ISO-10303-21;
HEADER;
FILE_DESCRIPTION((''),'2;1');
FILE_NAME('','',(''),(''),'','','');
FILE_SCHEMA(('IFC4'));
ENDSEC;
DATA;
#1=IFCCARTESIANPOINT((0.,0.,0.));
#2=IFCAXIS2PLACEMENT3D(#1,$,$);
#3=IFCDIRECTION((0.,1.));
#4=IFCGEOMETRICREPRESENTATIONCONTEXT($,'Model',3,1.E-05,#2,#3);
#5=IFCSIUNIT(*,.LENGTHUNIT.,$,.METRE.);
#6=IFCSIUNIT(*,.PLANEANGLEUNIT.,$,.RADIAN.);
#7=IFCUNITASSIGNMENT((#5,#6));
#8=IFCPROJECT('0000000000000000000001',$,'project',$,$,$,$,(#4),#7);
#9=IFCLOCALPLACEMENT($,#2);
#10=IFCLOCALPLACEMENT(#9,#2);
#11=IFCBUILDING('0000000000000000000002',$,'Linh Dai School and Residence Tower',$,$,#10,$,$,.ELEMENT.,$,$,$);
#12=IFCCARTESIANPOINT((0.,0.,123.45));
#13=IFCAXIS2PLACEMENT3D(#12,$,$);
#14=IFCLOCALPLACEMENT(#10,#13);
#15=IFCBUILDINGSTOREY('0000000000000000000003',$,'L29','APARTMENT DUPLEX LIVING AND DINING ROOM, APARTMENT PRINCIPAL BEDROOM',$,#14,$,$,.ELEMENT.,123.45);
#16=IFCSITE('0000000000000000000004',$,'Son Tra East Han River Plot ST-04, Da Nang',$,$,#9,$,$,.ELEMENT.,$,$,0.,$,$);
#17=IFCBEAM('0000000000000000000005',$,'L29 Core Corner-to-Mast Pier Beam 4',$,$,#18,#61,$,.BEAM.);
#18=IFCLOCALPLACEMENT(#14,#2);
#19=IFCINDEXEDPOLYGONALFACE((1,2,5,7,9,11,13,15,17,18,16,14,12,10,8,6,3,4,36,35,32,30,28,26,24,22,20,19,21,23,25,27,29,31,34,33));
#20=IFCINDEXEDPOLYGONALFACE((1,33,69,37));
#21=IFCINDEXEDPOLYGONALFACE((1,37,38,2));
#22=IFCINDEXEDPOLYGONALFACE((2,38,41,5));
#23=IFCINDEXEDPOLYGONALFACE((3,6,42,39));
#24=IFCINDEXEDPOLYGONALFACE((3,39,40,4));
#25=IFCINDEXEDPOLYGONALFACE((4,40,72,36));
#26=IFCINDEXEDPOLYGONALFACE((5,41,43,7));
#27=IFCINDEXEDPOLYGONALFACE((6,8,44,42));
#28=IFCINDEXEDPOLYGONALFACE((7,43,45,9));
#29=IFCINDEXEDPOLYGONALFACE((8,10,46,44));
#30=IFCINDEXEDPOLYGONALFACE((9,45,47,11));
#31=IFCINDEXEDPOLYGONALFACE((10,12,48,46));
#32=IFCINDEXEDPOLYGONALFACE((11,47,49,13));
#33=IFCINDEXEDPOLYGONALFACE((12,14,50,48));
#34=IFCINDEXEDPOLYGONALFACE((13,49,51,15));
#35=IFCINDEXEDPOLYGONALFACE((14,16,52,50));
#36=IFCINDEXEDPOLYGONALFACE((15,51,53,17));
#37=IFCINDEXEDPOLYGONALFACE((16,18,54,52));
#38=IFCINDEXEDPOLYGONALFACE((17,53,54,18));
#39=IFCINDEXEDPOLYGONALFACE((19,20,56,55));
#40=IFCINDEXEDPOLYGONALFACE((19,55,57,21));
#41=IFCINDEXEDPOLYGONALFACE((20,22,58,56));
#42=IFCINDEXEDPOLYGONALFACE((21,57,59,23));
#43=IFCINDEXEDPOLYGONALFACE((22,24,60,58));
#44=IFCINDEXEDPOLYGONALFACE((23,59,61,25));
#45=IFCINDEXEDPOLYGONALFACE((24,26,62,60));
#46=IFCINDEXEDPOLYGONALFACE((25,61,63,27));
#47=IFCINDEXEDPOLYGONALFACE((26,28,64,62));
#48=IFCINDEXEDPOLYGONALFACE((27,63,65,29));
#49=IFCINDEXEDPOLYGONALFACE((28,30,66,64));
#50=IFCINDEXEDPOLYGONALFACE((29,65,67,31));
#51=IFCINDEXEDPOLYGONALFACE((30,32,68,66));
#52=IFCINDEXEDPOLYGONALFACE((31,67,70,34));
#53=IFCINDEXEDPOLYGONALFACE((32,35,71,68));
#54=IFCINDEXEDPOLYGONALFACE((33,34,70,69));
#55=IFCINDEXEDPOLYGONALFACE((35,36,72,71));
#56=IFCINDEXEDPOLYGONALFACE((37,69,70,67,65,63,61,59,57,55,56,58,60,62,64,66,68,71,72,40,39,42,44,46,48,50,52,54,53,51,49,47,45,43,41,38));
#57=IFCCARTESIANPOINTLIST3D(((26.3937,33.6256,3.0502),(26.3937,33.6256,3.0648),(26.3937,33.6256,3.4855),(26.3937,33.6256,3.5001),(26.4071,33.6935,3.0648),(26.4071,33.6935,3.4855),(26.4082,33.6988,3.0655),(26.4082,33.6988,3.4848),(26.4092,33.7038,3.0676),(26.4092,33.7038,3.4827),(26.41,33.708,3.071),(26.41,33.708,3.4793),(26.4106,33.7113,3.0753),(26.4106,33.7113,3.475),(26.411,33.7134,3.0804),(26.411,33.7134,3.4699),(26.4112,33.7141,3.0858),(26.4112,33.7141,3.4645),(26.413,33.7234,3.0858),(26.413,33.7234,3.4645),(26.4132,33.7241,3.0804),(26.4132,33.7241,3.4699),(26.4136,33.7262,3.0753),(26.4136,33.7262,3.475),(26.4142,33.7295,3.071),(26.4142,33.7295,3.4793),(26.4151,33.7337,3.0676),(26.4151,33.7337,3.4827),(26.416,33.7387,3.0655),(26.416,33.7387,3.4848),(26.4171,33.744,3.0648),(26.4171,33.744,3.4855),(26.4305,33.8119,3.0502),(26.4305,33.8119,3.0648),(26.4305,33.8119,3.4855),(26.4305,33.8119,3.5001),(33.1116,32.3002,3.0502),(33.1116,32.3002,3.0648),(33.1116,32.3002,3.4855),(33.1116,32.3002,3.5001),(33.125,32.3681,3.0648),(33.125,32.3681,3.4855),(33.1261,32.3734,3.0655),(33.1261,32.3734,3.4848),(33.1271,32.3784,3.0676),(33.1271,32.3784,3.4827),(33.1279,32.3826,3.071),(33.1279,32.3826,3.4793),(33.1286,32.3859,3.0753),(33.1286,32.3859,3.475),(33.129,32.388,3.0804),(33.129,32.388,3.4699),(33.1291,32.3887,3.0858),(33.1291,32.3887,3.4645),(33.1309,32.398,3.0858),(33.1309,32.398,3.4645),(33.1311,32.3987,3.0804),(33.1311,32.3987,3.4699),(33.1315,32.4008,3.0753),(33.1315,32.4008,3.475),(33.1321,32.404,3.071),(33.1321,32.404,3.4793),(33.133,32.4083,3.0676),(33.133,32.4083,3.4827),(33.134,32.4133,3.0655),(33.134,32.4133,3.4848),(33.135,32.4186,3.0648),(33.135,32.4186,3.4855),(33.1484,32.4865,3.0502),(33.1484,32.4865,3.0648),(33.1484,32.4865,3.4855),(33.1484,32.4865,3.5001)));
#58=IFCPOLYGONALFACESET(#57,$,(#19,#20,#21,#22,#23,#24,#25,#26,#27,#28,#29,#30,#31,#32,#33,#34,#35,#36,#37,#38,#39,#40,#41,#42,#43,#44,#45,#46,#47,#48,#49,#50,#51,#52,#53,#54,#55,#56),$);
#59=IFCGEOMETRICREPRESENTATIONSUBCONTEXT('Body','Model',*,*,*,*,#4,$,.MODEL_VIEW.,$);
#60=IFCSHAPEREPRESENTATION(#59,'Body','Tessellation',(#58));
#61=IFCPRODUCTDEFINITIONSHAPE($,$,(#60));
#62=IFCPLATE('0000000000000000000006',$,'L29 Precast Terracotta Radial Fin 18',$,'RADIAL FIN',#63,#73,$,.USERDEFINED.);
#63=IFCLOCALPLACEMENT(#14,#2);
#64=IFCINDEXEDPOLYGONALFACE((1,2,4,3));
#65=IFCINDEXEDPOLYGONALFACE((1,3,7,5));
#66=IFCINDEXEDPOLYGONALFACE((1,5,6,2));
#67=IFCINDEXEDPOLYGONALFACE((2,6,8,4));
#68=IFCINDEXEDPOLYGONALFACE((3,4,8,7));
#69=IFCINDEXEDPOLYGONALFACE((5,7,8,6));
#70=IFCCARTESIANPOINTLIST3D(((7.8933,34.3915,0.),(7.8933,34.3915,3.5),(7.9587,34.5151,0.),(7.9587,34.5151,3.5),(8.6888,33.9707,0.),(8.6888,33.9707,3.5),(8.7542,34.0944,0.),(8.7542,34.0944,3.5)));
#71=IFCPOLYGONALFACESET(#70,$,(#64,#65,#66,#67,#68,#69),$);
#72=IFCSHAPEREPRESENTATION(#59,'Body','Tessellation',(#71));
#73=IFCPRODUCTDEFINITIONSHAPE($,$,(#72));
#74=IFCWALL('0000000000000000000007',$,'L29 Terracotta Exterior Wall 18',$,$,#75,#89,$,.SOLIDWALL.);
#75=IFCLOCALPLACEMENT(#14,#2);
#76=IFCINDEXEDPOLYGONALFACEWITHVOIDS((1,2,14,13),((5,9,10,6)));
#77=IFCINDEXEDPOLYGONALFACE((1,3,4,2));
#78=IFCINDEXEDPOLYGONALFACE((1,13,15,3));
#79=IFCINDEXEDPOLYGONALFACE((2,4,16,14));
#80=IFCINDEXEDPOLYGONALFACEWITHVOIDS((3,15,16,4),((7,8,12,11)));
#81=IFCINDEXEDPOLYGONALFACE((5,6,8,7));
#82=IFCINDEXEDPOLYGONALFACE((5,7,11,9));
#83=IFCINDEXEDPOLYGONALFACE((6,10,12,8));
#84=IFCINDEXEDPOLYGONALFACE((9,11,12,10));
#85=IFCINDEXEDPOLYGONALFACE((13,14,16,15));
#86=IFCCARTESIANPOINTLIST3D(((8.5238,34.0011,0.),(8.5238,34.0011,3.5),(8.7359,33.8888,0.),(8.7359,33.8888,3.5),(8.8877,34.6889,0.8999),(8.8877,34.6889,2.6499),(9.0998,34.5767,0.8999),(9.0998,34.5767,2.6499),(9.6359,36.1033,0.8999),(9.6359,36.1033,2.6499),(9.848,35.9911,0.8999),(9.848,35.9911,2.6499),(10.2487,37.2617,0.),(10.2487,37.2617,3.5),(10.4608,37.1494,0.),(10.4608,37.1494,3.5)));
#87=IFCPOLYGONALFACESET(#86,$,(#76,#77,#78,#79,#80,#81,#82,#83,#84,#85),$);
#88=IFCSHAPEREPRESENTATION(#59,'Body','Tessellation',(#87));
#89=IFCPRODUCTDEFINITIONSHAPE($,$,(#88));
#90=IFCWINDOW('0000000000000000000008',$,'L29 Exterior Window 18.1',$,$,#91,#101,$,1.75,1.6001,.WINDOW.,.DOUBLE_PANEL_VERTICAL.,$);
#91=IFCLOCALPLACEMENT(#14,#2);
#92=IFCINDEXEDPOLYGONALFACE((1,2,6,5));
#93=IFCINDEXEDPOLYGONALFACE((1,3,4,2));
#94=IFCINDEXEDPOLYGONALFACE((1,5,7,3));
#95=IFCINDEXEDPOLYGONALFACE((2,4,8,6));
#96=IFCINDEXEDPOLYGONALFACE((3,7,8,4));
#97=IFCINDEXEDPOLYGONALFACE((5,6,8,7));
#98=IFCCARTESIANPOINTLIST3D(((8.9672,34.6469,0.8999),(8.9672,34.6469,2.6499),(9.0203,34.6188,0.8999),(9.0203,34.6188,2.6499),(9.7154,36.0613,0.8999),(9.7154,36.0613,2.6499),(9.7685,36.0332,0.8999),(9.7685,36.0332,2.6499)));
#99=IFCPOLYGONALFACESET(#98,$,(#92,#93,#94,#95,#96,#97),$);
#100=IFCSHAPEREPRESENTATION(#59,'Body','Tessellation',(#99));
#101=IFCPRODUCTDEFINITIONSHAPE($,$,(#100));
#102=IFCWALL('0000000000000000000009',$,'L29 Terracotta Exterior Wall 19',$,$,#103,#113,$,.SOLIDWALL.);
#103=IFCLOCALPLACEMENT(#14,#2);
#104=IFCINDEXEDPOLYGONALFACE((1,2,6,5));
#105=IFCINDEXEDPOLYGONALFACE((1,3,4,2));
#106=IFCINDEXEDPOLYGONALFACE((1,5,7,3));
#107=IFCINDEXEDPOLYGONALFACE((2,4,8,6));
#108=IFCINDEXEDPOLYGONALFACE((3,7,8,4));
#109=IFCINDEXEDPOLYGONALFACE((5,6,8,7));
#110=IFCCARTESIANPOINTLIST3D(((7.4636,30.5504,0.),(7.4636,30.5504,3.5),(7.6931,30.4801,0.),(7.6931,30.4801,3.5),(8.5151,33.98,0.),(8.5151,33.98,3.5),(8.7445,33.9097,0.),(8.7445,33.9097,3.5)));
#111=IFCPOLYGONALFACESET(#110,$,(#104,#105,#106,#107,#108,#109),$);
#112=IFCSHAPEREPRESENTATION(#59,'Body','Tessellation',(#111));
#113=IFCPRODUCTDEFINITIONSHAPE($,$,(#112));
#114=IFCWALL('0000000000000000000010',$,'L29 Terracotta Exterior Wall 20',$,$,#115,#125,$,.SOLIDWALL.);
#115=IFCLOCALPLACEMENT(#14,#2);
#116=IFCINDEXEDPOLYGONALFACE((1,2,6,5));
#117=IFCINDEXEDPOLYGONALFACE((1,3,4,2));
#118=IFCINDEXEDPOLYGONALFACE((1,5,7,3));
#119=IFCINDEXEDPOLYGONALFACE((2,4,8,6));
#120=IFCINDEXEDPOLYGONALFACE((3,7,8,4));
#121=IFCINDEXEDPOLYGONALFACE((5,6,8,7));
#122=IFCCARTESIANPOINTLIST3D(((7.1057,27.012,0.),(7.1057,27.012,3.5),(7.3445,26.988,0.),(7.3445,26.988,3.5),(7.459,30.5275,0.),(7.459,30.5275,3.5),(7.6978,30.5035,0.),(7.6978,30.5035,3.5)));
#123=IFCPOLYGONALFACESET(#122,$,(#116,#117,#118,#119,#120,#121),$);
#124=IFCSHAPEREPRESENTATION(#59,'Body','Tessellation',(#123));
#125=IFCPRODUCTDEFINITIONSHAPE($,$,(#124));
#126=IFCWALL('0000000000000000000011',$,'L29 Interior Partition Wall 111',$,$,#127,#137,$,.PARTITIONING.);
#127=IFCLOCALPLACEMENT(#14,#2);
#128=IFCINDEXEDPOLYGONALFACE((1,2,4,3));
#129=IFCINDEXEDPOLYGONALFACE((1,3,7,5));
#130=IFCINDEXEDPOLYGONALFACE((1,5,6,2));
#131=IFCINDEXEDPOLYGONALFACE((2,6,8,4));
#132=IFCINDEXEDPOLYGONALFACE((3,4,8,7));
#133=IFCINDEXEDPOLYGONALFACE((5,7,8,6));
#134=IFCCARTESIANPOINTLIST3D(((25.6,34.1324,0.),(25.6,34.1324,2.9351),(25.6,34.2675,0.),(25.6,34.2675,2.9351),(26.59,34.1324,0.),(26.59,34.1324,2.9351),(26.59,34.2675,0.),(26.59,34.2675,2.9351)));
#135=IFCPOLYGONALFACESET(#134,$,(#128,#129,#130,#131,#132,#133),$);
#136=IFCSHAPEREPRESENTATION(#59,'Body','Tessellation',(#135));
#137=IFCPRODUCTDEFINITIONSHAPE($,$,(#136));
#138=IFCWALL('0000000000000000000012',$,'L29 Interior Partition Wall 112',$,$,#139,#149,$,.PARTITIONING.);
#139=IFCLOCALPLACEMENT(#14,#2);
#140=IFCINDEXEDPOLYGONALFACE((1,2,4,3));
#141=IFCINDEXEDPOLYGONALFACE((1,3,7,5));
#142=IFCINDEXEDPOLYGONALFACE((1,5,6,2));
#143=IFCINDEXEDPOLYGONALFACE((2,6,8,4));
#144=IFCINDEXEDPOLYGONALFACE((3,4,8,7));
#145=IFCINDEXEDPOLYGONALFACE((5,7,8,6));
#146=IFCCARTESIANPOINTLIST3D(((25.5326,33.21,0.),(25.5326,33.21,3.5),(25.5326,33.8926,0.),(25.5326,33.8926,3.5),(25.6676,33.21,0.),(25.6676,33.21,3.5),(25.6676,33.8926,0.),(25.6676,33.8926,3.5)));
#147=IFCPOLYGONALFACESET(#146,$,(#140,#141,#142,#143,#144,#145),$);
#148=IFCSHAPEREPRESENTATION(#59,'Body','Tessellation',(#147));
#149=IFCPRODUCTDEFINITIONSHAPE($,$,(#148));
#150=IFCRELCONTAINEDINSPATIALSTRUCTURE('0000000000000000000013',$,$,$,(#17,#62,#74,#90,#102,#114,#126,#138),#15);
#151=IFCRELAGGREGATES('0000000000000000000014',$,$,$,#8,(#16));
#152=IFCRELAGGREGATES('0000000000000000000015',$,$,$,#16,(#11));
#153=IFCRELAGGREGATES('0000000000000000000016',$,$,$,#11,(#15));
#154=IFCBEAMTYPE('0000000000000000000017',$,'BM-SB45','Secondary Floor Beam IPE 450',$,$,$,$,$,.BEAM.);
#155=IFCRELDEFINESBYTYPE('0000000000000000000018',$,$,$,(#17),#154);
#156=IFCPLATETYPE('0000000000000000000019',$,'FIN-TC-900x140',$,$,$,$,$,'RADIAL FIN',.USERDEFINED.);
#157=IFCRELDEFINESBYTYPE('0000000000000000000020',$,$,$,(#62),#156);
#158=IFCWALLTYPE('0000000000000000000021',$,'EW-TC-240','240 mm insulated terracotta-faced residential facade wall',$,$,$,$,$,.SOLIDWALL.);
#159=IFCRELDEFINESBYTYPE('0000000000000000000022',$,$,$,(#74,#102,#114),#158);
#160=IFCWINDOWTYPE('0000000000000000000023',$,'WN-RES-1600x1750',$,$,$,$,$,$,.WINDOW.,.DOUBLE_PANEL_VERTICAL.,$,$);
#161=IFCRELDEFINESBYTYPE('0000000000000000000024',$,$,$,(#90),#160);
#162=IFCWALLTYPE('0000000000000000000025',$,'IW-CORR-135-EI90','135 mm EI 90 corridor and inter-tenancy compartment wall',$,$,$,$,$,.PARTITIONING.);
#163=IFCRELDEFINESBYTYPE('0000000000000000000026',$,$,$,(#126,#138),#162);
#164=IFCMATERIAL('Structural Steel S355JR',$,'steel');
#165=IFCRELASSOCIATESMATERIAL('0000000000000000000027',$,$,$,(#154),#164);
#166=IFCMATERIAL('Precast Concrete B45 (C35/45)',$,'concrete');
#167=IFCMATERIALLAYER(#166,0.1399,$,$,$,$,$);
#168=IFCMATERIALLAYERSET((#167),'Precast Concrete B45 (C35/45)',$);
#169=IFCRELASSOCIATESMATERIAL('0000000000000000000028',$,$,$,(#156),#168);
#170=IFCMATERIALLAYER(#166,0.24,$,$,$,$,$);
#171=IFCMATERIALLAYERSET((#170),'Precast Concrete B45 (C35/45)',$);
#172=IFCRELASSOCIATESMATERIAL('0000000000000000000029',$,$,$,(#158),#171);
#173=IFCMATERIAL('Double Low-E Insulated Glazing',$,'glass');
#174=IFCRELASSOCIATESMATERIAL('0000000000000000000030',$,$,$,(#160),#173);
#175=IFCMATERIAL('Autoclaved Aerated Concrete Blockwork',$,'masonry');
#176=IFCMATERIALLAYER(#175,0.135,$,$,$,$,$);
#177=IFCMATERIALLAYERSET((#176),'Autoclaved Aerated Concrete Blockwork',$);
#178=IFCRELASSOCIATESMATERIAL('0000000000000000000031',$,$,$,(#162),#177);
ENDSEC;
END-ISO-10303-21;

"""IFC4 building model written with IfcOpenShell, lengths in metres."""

from ifc_helpers import new_model, si_unit, direction, frame, frame_2d, origin, origin_2d, place, context, subcontext, project, spatial, rectangle, i_section, extrude, source, transform, mapped, material, layer, layer_set, material_profile, profile_set, type_object, element, fill, save


model = new_model("IFC4")

# Units and contexts
model_context = context("Model", 3, precision=1e-05, world=origin(), true_north=direction((0.0, 1.0)))
body_context = subcontext(model_context, "Body", "Model", "MODEL_VIEW")
ifc_project = project(units=[si_unit("LENGTHUNIT", "METRE"), si_unit("PLANEANGLEUNIT", "RADIAN")], contexts=[model_context])

# Site, building, storey
site_placement = place(None, origin())
site = spatial("IfcSite", under=ifc_project, at=site_placement, Name="Son Tra East Han River Plot ST-04, Da Nang", CompositionType="ELEMENT", RefElevation=0.0)
building_placement = place(site_placement, origin())
building = spatial("IfcBuilding", under=site, at=building_placement, Name="Linh Dai School and Residence Tower", CompositionType="ELEMENT")
storey_placement = place(building_placement, frame((0.0, 0.0, 123.45)))
storey = spatial("IfcBuildingStorey", under=building, at=storey_placement, Name="L29", Description="APARTMENT DUPLEX LIVING AND DINING ROOM, APARTMENT PRINCIPAL BEDROOM", CompositionType="ELEMENT", Elevation=123.45)

# Shared definitions
ifc_material_1 = material(Name="Structural Steel S355JR", Category="steel")

# Beam
ifc_material_profile_1 = material_profile(ifc_material_1, i_section(OverallWidth=0.1899, OverallDepth=0.45, WebThickness=0.0095, FlangeThickness=0.0146, FilletRadius=0.021, at=origin_2d()), Name="IPE 450")
ifc_profile_set_1 = profile_set([ifc_material_profile_1], Name="Structural Steel S355JR")
beam_type_1 = type_object("IfcBeamType", Name="BM-SB45", Description="Secondary Floor Beam IPE 450", PredefinedType="BEAM", material=ifc_profile_set_1)
beam_1_placement = place(storey_placement, frame((26.4121, 33.7188, 3.2751), z_axis=(0.981087, -0.193565, 0.0), x_axis=(0.193565, 0.981087, 0.0)))
element("IfcBeam", 1, at=beam_1_placement, inside=storey, type_object=beam_type_1, Name="L29 Core Corner-to-Mast Pier Beam 4", PredefinedType="BEAM", context=body_context, shape_type="SweptSolid", body=[
    extrude(i_section(OverallWidth=0.1899, OverallDepth=0.45, WebThickness=0.0095, FlangeThickness=0.0146, FilletRadius=0.021, at=origin_2d()), origin(), (0.0, 0.0, 1.0), 6.8474),
])

# Plate
ifc_material_2 = material(Name="Precast Concrete B45 (C35/45)", Category="concrete")
ifc_layer_1 = layer(ifc_material_2, 0.1399)
ifc_layer_set_1 = layer_set([ifc_layer_1], Name="Precast Concrete B45 (C35/45)")
plate_type = type_object("IfcPlateType", Name="FIN-TC-900x140", ElementType="RADIAL FIN", PredefinedType="USERDEFINED", material=ifc_layer_set_1)
shared_shape_1 = source(origin(), body_context, "Body", "SweptSolid", [
    extrude(rectangle(XDim=0.8999, YDim=0.1399, at=origin_2d()), origin(), (0.0, 0.0, 1.0), 3.5),
])
plate_placement = place(storey_placement, frame((8.3237, 34.2429, 0.0), z_axis=(0.0, 0.0, 1.0), x_axis=(-0.883942, 0.467596, 0.0)))
element("IfcPlate", 2, at=plate_placement, inside=storey, type_object=plate_type, Name="L29 Precast Terracotta Radial Fin 18", ObjectType="RADIAL FIN", PredefinedType="USERDEFINED", context=body_context, shape_type="MappedRepresentation", body=[
    mapped(shared_shape_1, transform((0.0, 0.0, 0.0), x_axis=(1.0, 0.0, 0.0), y_axis=(0.0, 1.0, 0.0), z_axis=(0.0, 0.0, 1.0), scale=1.0)),
])

# Wall, opening, window
ifc_layer_2 = layer(ifc_material_2, 0.24)
ifc_layer_set_2 = layer_set([ifc_layer_2], Name="Precast Concrete B45 (C35/45)")
wall_type_1 = type_object("IfcWallType", Name="EW-TC-240", Description="240 mm insulated terracotta-faced residential facade wall", PredefinedType="SOLIDWALL", material=ifc_layer_set_2)
wall_1_placement = place(storey_placement, frame((8.6299, 33.9451, 0.0), z_axis=(0.0, 0.0, 1.0), x_axis=(0.467614, 0.883933, 0.0)))
wall_1 = element("IfcWall", 3, at=wall_1_placement, inside=storey, type_object=wall_type_1, Name="L29 Terracotta Exterior Wall 18", PredefinedType="SOLIDWALL", context=body_context, shape_type="SweptSolid", body=[
    extrude(rectangle(XDim=3.6887, YDim=0.24, at=frame_2d((1.8442, 0.0))), origin(), (0.0, 0.0, 1.0), 3.5),
])
opening_1_placement = place(wall_1_placement, frame((0.7781, 0.0, 0.8999)))
opening_1 = element("IfcOpeningElement", 4, at=opening_1_placement, cuts=wall_1, PredefinedType="OPENING", context=body_context, shape_type="SweptSolid", body=[
    extrude(rectangle(XDim=1.6001, YDim=1.75, at=origin_2d()), frame((0.8, 0.1299, 0.875), z_axis=(0.0, -1.0, 0.0), x_axis=(1.0, 0.0, 0.0)), (0.0, 0.0, 1.0), 0.26),
])
ifc_material_3 = material(Name="Double Low-E Insulated Glazing", Category="glass")
window_type = type_object("IfcWindowType", Name="WN-RES-1600x1750", PartitioningType="DOUBLE_PANEL_VERTICAL", PredefinedType="WINDOW", material=ifc_material_3)
shared_shape_2 = source(origin(), body_context, "Body", "SweptSolid", [
    extrude(rectangle(XDim=1.6001, YDim=1.75, at=origin_2d()), frame((0.8, 0.03, 0.875), z_axis=(0.0, -1.0, 0.0), x_axis=(1.0, 0.0, 0.0)), (0.0, 0.0, 1.0), 0.0601),
])
window_placement = place(opening_1_placement, origin())
window = element("IfcWindow", 5, at=window_placement, inside=storey, type_object=window_type, Name="L29 Exterior Window 18.1", OverallHeight=1.75, OverallWidth=1.6001, PartitioningType="DOUBLE_PANEL_VERTICAL", PredefinedType="WINDOW", context=body_context, shape_type="MappedRepresentation", body=[
    mapped(shared_shape_2, transform((0.0, 0.0, 0.0), x_axis=(1.0, 0.0, 0.0), y_axis=(0.0, 1.0, 0.0), z_axis=(0.0, 0.0, 1.0), scale=1.0)),
])
fill(opening_1, window)

# Walls
wall_2_placement = place(storey_placement, frame((7.5784, 30.5154, 0.0), z_axis=(0.0, 0.0, 1.0), x_axis=(0.293124, 0.956074, 0.0)))
element("IfcWall", 6, at=wall_2_placement, inside=storey, type_object=wall_type_1, Name="L29 Terracotta Exterior Wall 19", PredefinedType="SOLIDWALL", context=body_context, shape_type="SweptSolid", body=[
    extrude(rectangle(XDim=3.5872, YDim=0.24, at=frame_2d((1.7935, 0.0))), origin(), (0.0, 0.0, 1.0), 3.5),
])
wall_3_placement = place(storey_placement, frame((7.2251, 27.0, 0.0), z_axis=(0.0, 0.0, 1.0), x_axis=(0.099989, 0.994988, 0.0)))
element("IfcWall", 7, at=wall_3_placement, inside=storey, type_object=wall_type_1, Name="L29 Terracotta Exterior Wall 20", PredefinedType="SOLIDWALL", context=body_context, shape_type="SweptSolid", body=[
    extrude(rectangle(XDim=3.5332, YDim=0.24, at=frame_2d((1.7666, 0.0))), origin(), (0.0, 0.0, 1.0), 3.5),
])
ifc_material_4 = material(Name="Autoclaved Aerated Concrete Blockwork", Category="masonry")
ifc_layer_3 = layer(ifc_material_4, 0.135)
ifc_layer_set_3 = layer_set([ifc_layer_3], Name="Autoclaved Aerated Concrete Blockwork")
wall_type_2 = type_object("IfcWallType", Name="IW-CORR-135-EI90", Description="135 mm EI 90 corridor and inter-tenancy compartment wall", PredefinedType="PARTITIONING", material=ifc_layer_set_3)
wall_4_placement = place(storey_placement, frame((26.5901, 34.2, 0.0), z_axis=(0.0, 0.0, 1.0), x_axis=(-1.0, 0.0, 0.0)))
element("IfcWall", 8, at=wall_4_placement, inside=storey, type_object=wall_type_2, Name="L29 Interior Partition Wall 111", PredefinedType="PARTITIONING", context=body_context, shape_type="SweptSolid", body=[
    extrude(rectangle(XDim=0.99, YDim=0.135, at=frame_2d((0.4951, 0.0))), origin(), (0.0, 0.0, 1.0), 2.9351),
])
wall_5_placement = place(storey_placement, frame((25.6001, 33.8926, 0.0), z_axis=(0.0, 0.0, 1.0), x_axis=(0.0, -1.0, 0.0)))
element("IfcWall", 9, at=wall_5_placement, inside=storey, type_object=wall_type_2, Name="L29 Interior Partition Wall 112", PredefinedType="PARTITIONING", context=body_context, shape_type="SweptSolid", body=[
    extrude(rectangle(XDim=0.6826, YDim=0.135, at=frame_2d((0.3413, 0.0))), origin(), (0.0, 0.0, 1.0), 3.5),
])

save(model, "model.ifc")
